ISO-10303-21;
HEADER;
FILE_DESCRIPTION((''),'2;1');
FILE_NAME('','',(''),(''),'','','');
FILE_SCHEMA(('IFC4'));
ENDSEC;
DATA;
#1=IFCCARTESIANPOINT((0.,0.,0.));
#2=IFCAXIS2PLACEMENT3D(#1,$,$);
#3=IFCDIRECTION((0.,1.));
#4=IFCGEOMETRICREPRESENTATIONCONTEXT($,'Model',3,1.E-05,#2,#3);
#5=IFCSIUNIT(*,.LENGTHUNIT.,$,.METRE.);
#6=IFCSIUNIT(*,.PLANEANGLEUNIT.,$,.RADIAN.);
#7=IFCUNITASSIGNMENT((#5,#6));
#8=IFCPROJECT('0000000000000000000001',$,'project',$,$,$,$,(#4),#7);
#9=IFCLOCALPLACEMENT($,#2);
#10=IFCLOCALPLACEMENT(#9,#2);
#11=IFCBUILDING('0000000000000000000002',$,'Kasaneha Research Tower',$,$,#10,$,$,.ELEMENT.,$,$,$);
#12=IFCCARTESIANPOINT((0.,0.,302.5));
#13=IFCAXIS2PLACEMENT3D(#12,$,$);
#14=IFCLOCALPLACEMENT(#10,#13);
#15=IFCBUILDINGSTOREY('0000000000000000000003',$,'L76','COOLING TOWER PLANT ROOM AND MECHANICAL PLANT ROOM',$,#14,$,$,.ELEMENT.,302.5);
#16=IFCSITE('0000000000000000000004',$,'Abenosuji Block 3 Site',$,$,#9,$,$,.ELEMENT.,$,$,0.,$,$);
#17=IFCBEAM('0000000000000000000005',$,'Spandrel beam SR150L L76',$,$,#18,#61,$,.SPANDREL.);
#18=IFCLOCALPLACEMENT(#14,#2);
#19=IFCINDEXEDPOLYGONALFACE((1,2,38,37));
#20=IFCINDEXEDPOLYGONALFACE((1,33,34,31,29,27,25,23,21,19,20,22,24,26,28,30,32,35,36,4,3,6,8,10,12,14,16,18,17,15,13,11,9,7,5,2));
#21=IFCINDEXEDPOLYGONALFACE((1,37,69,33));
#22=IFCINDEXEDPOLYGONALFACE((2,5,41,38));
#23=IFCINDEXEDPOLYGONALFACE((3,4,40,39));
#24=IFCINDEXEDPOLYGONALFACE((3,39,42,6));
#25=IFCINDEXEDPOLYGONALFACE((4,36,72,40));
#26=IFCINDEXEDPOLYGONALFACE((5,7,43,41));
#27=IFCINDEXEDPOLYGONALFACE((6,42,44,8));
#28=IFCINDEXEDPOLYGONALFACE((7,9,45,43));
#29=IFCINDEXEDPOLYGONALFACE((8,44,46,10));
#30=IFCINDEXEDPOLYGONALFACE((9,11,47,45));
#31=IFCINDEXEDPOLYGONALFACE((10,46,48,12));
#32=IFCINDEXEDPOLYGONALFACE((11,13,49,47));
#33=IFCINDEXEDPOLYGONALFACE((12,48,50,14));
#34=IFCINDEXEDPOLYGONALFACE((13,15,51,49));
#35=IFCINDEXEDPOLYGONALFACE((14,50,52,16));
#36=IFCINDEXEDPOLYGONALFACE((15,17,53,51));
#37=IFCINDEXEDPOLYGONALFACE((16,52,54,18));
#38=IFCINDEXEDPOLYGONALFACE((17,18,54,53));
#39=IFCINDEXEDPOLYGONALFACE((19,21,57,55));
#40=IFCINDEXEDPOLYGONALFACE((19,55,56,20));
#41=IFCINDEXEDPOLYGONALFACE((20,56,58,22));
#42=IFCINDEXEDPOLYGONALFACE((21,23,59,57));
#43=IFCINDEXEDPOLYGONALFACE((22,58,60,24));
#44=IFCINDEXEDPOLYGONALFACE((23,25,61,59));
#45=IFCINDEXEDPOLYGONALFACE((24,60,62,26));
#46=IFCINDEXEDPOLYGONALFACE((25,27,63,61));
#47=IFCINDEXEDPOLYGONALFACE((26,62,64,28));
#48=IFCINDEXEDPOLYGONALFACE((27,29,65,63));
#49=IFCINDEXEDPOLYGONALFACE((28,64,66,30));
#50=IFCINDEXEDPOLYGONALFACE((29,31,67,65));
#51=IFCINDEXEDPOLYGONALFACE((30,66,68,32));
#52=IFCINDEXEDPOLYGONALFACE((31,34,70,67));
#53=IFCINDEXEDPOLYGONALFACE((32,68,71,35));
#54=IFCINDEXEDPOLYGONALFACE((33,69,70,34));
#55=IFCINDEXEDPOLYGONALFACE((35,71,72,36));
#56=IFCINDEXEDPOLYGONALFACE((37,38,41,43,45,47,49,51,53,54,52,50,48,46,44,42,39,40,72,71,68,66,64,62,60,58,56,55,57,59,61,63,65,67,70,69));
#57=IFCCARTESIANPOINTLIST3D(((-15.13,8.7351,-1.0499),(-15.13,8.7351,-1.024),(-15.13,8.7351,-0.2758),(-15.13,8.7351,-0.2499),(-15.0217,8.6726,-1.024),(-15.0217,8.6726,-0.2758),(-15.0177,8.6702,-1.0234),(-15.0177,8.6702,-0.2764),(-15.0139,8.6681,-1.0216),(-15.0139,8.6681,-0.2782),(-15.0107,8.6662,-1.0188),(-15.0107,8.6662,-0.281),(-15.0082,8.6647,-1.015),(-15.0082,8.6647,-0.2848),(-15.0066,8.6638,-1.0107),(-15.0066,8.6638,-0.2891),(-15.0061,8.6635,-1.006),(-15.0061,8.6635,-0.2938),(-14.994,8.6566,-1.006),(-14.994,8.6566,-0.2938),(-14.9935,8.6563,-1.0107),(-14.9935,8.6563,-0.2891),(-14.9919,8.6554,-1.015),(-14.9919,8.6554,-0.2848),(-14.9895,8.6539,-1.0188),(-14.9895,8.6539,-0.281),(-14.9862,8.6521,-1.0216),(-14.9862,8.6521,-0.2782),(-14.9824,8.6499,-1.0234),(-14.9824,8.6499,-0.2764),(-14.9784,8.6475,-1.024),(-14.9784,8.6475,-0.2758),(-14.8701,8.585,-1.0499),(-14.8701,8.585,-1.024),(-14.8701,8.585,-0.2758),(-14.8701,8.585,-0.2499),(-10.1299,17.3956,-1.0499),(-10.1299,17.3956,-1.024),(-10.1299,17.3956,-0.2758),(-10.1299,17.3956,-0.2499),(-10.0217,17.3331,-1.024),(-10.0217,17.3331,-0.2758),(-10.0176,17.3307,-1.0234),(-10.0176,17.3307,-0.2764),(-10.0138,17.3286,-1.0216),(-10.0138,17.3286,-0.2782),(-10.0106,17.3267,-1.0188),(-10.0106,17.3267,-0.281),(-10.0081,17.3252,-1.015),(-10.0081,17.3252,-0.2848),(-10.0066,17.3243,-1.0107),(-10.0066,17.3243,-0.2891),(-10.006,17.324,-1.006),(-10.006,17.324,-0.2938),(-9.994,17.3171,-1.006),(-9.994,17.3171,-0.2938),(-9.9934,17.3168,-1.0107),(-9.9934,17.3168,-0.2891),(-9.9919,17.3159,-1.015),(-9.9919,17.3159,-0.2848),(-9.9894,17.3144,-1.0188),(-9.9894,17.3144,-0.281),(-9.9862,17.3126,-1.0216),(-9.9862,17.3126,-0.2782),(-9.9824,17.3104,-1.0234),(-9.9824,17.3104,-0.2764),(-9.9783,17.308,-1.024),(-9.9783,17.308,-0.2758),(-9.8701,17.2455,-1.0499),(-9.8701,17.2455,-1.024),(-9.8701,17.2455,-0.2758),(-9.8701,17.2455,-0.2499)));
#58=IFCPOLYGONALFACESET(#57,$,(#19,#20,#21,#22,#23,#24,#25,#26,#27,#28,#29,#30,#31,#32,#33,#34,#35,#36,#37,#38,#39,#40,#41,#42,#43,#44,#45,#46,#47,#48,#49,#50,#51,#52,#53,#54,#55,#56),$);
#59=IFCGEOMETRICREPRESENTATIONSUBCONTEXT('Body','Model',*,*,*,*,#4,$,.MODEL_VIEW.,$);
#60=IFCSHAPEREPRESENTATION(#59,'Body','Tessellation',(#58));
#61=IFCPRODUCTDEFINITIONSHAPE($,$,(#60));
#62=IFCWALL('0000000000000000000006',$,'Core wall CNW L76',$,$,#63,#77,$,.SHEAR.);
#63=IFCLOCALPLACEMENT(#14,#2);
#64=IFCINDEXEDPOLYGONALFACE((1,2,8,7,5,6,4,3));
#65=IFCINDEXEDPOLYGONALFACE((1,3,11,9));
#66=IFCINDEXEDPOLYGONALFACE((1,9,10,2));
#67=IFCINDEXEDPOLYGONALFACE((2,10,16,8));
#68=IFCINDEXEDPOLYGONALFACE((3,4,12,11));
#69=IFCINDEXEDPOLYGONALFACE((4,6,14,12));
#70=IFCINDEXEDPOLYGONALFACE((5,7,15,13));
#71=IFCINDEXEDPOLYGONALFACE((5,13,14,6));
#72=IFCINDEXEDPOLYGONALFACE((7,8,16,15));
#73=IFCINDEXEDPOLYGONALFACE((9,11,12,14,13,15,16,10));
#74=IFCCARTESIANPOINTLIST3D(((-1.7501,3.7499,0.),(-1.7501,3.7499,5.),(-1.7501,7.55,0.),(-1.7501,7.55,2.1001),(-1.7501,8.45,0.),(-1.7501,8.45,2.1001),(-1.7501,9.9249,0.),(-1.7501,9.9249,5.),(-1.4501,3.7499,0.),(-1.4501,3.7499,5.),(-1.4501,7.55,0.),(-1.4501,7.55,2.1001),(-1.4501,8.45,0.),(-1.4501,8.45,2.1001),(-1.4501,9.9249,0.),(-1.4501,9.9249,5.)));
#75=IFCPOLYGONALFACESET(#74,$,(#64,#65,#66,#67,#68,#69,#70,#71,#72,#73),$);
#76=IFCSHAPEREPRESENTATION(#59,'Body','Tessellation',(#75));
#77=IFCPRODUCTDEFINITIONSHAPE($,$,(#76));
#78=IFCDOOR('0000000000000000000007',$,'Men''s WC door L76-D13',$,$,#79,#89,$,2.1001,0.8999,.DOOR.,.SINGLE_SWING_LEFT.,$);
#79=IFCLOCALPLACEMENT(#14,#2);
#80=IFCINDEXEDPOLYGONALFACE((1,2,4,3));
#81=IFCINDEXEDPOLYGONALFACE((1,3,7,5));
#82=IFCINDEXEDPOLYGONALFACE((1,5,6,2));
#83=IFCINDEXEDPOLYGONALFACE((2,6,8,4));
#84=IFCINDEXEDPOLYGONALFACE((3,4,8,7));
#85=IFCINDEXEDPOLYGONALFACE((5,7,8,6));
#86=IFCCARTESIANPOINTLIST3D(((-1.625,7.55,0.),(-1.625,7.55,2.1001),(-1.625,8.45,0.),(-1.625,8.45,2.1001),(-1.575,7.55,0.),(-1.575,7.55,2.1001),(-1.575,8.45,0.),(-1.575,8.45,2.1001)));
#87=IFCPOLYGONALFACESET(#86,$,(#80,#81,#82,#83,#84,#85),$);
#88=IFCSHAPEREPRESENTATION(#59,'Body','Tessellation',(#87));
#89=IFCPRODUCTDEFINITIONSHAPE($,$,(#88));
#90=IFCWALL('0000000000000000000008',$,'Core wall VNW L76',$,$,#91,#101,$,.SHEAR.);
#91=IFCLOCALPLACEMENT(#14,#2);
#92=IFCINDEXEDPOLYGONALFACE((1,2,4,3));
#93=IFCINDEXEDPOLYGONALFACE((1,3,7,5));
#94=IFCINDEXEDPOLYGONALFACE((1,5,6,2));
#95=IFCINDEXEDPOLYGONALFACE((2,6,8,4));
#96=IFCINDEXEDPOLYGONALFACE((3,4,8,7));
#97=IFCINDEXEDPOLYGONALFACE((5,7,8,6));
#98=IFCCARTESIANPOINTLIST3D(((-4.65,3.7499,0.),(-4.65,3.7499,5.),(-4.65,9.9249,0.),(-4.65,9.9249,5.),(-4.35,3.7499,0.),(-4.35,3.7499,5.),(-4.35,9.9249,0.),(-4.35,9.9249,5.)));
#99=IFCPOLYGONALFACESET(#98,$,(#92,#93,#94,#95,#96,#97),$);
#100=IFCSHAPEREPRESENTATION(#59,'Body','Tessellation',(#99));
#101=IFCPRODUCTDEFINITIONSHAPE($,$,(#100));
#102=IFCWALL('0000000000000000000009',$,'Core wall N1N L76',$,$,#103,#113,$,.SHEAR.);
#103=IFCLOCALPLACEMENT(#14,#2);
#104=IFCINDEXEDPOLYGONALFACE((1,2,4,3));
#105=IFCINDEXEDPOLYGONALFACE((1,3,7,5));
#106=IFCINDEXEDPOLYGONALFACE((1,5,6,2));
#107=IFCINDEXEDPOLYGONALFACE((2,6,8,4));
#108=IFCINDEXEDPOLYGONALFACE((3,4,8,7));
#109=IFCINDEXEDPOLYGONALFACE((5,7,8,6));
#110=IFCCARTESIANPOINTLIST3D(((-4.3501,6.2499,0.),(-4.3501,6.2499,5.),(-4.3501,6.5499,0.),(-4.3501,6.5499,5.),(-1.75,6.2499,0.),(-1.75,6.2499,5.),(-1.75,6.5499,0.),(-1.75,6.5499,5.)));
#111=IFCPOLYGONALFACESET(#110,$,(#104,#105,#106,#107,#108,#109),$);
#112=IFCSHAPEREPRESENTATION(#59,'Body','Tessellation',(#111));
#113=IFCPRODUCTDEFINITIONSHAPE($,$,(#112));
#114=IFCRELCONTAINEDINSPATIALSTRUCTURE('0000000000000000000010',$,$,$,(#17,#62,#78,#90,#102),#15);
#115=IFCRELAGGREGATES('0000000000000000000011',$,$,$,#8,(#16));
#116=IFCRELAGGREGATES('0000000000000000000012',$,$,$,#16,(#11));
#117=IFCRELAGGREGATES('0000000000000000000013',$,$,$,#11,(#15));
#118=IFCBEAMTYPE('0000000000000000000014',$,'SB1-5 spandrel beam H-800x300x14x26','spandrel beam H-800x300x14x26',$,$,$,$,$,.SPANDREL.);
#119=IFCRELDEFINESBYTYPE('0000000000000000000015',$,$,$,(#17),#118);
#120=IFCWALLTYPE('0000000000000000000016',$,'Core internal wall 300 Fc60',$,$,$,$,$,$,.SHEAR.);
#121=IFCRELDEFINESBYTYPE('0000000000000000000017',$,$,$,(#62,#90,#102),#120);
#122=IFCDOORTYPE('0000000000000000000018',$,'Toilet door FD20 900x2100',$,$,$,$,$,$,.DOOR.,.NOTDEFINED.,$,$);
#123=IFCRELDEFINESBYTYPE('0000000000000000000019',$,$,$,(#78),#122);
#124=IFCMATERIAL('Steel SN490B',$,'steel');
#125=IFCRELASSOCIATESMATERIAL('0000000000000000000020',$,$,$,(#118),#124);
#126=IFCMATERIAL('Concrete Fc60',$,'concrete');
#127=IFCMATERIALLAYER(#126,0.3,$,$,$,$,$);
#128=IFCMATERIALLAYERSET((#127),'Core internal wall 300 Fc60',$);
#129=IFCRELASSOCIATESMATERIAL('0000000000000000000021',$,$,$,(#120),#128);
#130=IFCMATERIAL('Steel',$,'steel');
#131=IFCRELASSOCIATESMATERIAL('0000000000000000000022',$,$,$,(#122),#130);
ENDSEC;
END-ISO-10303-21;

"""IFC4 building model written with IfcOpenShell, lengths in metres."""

from ifc_helpers import new_model, si_unit, direction, frame, frame_2d, origin, origin_2d, place, context, subcontext, project, spatial, rectangle, i_section, extrude, material, layer, layer_set, material_profile, profile_set, type_object, element, fill, save


model = new_model("IFC4")

# Units and contexts
model_context = context("Model", 3, precision=1e-05, world=origin(), true_north=direction((0.0, 1.0)))
body_context = subcontext(model_context, "Body", "Model", "MODEL_VIEW")
ifc_project = project(units=[si_unit("LENGTHUNIT", "METRE"), si_unit("PLANEANGLEUNIT", "RADIAN")], contexts=[model_context])

# Site, building, storey
site_placement = place(None, origin())
site = spatial("IfcSite", under=ifc_project, at=site_placement, Name="Abenosuji Block 3 Site", CompositionType="ELEMENT", RefElevation=0.0)
building_placement = place(site_placement, origin())
building = spatial("IfcBuilding", under=site, at=building_placement, Name="Kasaneha Research Tower", CompositionType="ELEMENT")
storey_placement = place(building_placement, frame((0.0, 0.0, 302.5)))
storey = spatial("IfcBuildingStorey", under=building, at=storey_placement, Name="L76", Description="COOLING TOWER PLANT ROOM AND MECHANICAL PLANT ROOM", CompositionType="ELEMENT", Elevation=302.5)

# Beam
ifc_material_1 = material(Name="Steel SN490B", Category="steel")
ifc_material_profile_1 = material_profile(ifc_material_1, i_section(OverallWidth=0.3, OverallDepth=0.8, WebThickness=0.0139, FlangeThickness=0.0259, FilletRadius=0.0181, at=origin_2d()), Name="H-800x300x14x26")
ifc_profile_set_1 = profile_set([ifc_material_profile_1], Name="Steel SN490B")
beam_type_1 = type_object("IfcBeamType", Name="SB1-5 spandrel beam H-800x300x14x26", Description="spandrel beam H-800x300x14x26", PredefinedType="SPANDREL", material=ifc_profile_set_1)
beam_1_placement = place(storey_placement, frame((-10.0, 17.3206, -0.6499), z_axis=(-0.499994, -0.866029, 0.0), x_axis=(0.866029, -0.499994, 0.0)))
element("IfcBeam", 1, at=beam_1_placement, inside=storey, type_object=beam_type_1, Name="Spandrel beam SR150L L76", PredefinedType="SPANDREL", context=body_context, shape_type="SweptSolid", body=[
    extrude(i_section(OverallWidth=0.3, OverallDepth=0.8, WebThickness=0.0139, FlangeThickness=0.0259, FilletRadius=0.0181, at=origin_2d()), origin(), (0.0, 0.0, 1.0), 10.0002),
])

# Wall, opening, door
ifc_material_2 = material(Name="Concrete Fc60", Category="concrete")
ifc_layer_1 = layer(ifc_material_2, 0.3)
ifc_layer_set_1 = layer_set([ifc_layer_1], Name="Core internal wall 300 Fc60")
wall_type_1 = type_object("IfcWallType", Name="Core internal wall 300 Fc60", PredefinedType="SHEAR", material=ifc_layer_set_1)
wall_1_placement = place(storey_placement, frame((-1.6001, 3.75, 0.0), z_axis=(0.0, 0.0, 1.0), x_axis=(0.0, 1.0, 0.0)))
wall_1 = element("IfcWall", 2, at=wall_1_placement, inside=storey, type_object=wall_type_1, Name="Core wall CNW L76", PredefinedType="SHEAR", context=body_context, shape_type="SweptSolid", body=[
    extrude(rectangle(XDim=6.175, YDim=0.3, at=frame_2d((3.0874, 0.0))), origin(), (0.0, 0.0, 1.0), 5.0),
])
opening_1_placement = place(wall_1_placement, frame((3.8, 0.0, 0.0)))
opening_1 = element("IfcOpeningElement", 3, at=opening_1_placement, cuts=wall_1, PredefinedType="OPENING", context=body_context, shape_type="SweptSolid", body=[
    extrude(rectangle(XDim=0.8999, YDim=2.1001, at=frame_2d((0.45, 1.05))), frame((0.0, 0.1602, 0.0), z_axis=(0.0, -1.0, 0.0), x_axis=(1.0, 0.0, 0.0)), (0.0, 0.0, 1.0), 0.3201),
])
ifc_material_3 = material(Name="Steel", Category="steel")
door_type_1 = type_object("IfcDoorType", Name="Toilet door FD20 900x2100", OperationType="NOTDEFINED", PredefinedType="DOOR", material=ifc_material_3)
door_1_placement = place(opening_1_placement, origin())
door_1 = element("IfcDoor", 4, at=door_1_placement, inside=storey, type_object=door_type_1, Name="Men's WC door L76-D13", OperationType="SINGLE_SWING_LEFT", OverallHeight=2.1001, OverallWidth=0.8999, PredefinedType="DOOR", context=body_context, shape_type="SweptSolid", body=[
    extrude(rectangle(XDim=0.8999, YDim=2.1001, at=frame_2d((0.45, 1.05))), frame((0.0, 0.0249, 0.0), z_axis=(0.0, -1.0, 0.0), x_axis=(1.0, 0.0, 0.0)), (0.0, 0.0, 1.0), 0.05),
])
fill(opening_1, door_1)

# Walls
wall_2_placement = place(storey_placement, frame((-4.5, 3.75, 0.0), z_axis=(0.0, 0.0, 1.0), x_axis=(0.0, 1.0, 0.0)))
element("IfcWall", 5, at=wall_2_placement, inside=storey, type_object=wall_type_1, Name="Core wall VNW L76", PredefinedType="SHEAR", context=body_context, shape_type="SweptSolid", body=[
    extrude(rectangle(XDim=6.175, YDim=0.3, at=frame_2d((3.0874, 0.0))), origin(), (0.0, 0.0, 1.0), 5.0),
])
wall_3_placement = place(storey_placement, frame((-4.3501, 6.3999, 0.0), z_axis=(0.0, 0.0, 1.0), x_axis=(1.0, 0.0, 0.0)))
element("IfcWall", 6, at=wall_3_placement, inside=storey, type_object=wall_type_1, Name="Core wall N1N L76", PredefinedType="SHEAR", context=body_context, shape_type="SweptSolid", body=[
    extrude(rectangle(XDim=2.6001, YDim=0.3, at=frame_2d((1.3, 0.0))), origin(), (0.0, 0.0, 1.0), 5.0),
])

save(model, "model.ifc")
